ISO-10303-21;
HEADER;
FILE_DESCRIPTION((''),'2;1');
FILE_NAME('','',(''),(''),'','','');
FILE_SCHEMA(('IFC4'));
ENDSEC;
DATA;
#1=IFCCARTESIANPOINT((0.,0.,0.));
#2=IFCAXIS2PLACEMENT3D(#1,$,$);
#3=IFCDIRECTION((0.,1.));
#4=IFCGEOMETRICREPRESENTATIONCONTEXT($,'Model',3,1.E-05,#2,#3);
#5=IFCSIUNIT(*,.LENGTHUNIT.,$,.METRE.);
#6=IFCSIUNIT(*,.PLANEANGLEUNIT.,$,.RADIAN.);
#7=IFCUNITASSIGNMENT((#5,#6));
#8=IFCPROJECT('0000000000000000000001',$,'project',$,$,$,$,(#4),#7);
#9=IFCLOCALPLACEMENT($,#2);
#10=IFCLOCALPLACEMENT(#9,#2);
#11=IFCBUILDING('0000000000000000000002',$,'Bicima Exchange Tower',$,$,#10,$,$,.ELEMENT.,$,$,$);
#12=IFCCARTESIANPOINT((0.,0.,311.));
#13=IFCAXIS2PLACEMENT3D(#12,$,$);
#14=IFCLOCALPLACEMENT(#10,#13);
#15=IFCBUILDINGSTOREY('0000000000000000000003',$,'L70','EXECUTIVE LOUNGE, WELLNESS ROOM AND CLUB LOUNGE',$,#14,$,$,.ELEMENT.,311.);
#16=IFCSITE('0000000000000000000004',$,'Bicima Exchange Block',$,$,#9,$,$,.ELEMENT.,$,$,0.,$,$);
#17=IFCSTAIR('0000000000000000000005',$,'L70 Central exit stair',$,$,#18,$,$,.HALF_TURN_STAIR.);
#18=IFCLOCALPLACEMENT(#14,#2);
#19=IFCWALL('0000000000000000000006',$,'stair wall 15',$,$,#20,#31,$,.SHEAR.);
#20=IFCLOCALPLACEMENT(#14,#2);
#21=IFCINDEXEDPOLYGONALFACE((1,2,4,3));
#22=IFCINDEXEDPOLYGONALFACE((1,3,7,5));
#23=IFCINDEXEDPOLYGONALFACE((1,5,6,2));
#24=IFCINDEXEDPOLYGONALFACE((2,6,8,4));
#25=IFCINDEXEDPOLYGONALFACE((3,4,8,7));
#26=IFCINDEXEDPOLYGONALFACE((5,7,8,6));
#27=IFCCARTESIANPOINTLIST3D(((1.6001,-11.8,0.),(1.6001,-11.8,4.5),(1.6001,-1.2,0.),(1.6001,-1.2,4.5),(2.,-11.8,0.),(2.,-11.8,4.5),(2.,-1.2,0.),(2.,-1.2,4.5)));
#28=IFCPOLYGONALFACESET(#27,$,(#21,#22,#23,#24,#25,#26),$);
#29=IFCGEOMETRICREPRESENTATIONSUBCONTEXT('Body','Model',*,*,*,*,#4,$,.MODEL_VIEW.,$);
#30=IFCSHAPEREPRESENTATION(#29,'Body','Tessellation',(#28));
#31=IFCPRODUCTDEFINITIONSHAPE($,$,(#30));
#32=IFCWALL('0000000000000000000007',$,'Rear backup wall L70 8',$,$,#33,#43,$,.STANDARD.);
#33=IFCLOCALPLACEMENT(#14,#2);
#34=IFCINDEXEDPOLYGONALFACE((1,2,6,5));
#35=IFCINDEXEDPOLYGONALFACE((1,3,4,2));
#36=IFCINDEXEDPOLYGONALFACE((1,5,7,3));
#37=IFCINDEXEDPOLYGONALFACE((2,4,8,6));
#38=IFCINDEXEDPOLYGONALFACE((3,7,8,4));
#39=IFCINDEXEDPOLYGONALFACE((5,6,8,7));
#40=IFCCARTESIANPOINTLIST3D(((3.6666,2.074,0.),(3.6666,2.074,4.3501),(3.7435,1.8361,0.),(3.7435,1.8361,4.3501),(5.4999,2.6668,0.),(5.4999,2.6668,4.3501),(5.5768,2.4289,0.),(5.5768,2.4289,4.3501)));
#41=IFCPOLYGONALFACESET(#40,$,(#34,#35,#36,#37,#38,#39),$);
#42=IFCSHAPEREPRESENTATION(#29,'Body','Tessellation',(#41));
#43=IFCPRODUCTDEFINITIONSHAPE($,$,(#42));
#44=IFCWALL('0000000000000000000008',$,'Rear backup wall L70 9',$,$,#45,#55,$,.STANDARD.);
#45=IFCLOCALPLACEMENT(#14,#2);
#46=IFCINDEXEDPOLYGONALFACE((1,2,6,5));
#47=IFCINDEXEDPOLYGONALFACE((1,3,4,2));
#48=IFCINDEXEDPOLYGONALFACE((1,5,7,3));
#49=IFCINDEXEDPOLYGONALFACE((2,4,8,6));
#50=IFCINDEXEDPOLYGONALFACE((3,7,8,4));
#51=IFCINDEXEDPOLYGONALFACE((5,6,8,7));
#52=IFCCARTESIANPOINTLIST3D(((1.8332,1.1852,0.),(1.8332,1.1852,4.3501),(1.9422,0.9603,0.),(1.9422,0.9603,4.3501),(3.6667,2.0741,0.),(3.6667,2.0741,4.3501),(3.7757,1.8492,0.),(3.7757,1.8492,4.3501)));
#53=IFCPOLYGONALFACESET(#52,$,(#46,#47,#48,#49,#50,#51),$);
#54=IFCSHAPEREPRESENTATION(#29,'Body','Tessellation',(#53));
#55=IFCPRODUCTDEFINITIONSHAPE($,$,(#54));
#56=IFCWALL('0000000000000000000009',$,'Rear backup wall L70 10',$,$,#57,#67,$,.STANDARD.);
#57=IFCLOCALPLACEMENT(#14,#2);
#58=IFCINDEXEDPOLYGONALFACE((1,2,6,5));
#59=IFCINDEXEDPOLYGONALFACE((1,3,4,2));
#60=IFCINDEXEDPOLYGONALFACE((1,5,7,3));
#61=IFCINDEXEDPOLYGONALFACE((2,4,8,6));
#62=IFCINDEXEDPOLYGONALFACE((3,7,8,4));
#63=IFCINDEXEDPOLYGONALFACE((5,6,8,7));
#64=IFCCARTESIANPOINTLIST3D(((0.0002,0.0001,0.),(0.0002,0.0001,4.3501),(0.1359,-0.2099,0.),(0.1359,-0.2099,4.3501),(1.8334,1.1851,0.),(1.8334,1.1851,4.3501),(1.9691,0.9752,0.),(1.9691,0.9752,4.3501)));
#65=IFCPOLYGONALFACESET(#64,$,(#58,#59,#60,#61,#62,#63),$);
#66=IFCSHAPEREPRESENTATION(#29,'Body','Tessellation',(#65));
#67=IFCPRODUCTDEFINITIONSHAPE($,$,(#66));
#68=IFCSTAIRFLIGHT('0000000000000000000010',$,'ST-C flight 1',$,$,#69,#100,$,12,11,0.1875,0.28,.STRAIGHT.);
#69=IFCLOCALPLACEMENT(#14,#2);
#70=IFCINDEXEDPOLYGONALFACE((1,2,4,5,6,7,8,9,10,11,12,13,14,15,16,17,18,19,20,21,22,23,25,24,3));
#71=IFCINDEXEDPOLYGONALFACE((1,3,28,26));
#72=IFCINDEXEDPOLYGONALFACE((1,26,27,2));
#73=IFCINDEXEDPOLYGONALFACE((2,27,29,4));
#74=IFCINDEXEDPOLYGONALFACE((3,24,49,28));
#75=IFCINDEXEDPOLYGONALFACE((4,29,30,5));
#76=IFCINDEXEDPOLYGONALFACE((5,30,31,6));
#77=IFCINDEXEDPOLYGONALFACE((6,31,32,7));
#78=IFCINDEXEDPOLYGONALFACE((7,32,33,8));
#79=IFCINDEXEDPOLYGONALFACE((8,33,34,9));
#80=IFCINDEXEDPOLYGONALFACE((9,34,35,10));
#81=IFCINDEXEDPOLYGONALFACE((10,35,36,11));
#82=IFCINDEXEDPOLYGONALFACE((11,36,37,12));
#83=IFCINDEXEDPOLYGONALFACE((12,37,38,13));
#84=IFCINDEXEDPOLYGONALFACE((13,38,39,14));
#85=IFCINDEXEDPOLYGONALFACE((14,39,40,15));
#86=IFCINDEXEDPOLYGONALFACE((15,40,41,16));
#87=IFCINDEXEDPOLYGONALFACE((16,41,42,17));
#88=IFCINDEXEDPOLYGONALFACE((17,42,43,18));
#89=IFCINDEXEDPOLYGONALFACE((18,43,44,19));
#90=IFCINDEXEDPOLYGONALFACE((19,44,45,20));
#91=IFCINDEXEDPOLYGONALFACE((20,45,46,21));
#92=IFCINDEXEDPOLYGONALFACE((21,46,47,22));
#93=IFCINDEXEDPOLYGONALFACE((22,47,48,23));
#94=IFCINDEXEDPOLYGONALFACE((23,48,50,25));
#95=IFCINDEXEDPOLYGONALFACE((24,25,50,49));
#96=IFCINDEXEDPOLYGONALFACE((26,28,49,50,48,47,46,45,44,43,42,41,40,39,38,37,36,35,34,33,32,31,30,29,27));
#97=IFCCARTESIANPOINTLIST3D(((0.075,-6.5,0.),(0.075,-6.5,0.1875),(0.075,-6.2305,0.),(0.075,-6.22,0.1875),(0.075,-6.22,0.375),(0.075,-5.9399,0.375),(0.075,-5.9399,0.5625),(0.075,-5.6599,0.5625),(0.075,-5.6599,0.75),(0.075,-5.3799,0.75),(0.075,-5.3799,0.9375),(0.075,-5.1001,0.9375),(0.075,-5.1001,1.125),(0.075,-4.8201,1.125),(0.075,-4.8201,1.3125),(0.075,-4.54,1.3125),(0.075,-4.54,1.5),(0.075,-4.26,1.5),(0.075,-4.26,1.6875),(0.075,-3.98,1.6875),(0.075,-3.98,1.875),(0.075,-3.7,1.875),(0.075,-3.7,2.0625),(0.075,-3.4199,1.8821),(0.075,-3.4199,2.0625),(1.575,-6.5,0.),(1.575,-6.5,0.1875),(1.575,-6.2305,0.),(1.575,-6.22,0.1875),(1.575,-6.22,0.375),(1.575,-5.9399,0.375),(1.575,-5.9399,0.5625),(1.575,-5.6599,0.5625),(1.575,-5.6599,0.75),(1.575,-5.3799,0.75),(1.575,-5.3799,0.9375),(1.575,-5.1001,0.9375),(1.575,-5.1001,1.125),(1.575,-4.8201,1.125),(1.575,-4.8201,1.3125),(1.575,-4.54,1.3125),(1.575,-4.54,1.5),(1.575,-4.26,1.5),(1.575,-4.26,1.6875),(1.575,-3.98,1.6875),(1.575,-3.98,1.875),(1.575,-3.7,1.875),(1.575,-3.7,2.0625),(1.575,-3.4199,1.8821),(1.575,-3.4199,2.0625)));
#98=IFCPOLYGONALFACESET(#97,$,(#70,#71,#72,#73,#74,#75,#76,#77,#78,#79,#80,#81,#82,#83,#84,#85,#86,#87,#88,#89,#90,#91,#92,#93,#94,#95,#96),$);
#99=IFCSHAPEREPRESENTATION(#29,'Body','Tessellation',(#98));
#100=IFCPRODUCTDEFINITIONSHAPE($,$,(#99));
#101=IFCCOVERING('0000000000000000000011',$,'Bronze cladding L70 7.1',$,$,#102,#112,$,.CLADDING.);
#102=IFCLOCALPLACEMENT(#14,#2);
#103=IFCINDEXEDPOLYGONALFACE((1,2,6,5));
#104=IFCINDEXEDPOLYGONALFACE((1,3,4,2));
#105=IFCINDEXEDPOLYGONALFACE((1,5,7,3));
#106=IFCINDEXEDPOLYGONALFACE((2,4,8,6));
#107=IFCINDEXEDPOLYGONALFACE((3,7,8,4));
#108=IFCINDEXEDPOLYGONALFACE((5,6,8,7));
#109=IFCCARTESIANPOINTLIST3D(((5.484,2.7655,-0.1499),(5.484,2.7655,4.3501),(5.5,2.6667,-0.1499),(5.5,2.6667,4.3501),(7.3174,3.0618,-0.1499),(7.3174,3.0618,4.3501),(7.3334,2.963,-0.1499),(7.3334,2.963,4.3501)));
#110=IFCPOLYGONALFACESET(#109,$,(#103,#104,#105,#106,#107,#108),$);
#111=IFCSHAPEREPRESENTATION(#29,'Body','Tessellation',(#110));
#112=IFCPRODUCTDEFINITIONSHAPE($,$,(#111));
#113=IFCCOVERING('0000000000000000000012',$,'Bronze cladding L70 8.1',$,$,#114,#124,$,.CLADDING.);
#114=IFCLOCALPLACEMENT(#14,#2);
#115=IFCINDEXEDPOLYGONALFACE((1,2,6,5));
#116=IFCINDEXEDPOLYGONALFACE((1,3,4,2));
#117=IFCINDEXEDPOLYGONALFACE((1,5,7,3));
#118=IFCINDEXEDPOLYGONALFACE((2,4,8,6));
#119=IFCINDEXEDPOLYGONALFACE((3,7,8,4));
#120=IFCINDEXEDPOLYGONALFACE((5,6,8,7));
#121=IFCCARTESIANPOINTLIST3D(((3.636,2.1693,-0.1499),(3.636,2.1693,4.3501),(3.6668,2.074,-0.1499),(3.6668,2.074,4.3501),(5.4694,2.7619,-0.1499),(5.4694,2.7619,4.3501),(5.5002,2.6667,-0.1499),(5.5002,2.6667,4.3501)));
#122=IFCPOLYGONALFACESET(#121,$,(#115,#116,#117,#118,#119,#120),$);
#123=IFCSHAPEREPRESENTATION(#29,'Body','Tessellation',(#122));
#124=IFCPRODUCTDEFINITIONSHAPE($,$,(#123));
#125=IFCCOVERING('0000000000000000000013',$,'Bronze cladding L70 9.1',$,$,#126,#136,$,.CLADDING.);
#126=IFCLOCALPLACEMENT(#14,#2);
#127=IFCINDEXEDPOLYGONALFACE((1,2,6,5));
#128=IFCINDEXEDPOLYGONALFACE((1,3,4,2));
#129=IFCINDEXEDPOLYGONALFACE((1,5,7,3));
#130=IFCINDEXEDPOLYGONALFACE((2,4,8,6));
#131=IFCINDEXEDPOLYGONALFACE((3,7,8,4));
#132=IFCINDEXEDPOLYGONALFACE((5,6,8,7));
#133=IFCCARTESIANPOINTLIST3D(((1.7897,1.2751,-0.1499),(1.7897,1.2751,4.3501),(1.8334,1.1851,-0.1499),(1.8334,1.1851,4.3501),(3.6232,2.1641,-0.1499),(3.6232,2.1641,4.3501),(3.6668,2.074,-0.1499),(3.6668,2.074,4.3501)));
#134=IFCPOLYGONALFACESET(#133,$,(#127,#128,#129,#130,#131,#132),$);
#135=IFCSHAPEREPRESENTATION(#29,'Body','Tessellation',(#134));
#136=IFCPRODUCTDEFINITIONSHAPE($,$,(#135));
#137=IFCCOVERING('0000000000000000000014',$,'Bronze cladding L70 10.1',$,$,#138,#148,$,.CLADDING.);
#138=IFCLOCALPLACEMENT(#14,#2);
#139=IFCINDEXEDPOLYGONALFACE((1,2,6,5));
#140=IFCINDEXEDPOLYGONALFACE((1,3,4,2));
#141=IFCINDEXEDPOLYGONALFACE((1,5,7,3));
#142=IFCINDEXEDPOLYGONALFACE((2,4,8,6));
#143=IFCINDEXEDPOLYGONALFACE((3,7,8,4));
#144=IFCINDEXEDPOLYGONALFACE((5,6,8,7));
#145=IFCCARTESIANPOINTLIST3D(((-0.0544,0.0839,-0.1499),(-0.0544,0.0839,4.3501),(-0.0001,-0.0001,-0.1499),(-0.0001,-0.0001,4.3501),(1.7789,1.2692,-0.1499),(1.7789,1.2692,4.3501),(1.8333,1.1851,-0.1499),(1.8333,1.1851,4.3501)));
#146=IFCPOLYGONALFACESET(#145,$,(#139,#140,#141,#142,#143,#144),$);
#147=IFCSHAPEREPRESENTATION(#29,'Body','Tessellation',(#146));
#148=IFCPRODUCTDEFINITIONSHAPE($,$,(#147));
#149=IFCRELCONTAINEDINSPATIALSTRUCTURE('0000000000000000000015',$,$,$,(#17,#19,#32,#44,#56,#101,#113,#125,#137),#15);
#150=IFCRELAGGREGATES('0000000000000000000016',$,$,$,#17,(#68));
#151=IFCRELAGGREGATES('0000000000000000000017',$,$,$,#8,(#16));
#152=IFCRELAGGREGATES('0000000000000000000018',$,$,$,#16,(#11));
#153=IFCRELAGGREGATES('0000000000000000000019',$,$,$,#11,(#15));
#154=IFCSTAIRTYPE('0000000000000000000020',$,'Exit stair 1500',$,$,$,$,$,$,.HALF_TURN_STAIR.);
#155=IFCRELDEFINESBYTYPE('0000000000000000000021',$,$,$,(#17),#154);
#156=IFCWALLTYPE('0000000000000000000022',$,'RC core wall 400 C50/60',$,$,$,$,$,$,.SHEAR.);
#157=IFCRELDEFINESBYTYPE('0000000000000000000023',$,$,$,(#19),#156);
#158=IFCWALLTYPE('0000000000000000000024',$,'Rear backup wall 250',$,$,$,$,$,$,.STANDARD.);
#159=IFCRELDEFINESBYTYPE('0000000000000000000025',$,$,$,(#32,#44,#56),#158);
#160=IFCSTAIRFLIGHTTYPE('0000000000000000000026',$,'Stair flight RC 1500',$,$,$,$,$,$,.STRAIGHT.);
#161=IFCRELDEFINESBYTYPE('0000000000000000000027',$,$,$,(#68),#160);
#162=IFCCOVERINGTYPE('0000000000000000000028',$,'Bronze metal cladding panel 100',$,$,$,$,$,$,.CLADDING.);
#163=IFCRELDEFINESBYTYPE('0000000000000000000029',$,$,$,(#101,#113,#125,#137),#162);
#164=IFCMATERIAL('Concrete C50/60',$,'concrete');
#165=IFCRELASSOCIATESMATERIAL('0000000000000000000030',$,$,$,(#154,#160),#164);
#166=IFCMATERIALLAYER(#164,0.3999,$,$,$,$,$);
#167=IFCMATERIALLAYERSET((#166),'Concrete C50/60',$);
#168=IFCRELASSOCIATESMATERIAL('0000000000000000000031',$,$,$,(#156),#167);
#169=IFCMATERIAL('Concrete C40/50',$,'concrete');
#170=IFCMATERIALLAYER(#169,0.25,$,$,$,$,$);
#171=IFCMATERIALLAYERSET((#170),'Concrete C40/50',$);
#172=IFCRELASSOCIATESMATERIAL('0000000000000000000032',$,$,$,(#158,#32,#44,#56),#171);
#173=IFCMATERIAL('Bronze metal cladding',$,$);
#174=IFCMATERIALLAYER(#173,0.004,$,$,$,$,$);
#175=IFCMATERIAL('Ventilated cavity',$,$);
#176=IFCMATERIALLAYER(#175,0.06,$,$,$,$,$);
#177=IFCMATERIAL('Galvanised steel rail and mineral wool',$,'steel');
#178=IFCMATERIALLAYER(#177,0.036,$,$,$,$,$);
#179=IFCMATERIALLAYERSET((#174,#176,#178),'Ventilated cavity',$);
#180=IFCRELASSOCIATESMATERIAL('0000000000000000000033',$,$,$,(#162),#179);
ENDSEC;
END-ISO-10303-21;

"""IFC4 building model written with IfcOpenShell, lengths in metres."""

from ifc_helpers import new_model, si_unit, direction, frame, frame_2d, origin, origin_2d, place, context, subcontext, project, spatial, polyline, rectangle, outline, extrude, material, layer, layer_set, layer_usage, type_object, element, aggregate, save


model = new_model("IFC4")

# Units and contexts
model_context = context("Model", 3, precision=1e-05, world=origin(), true_north=direction((0.0, 1.0)))
body_context = subcontext(model_context, "Body", "Model", "MODEL_VIEW")
ifc_project = project(units=[si_unit("LENGTHUNIT", "METRE"), si_unit("PLANEANGLEUNIT", "RADIAN")], contexts=[model_context])

# Site, building, storey
site_placement = place(None, origin())
site = spatial("IfcSite", under=ifc_project, at=site_placement, Name="Bicima Exchange Block", CompositionType="ELEMENT", RefElevation=0.0)
building_placement = place(site_placement, origin())
building = spatial("IfcBuilding", under=site, at=building_placement, Name="Bicima Exchange Tower", CompositionType="ELEMENT")
storey_placement = place(building_placement, frame((0.0, 0.0, 311.0)))
storey = spatial("IfcBuildingStorey", under=building, at=storey_placement, Name="L70", Description="EXECUTIVE LOUNGE, WELLNESS ROOM AND CLUB LOUNGE", CompositionType="ELEMENT", Elevation=311.0)

# Shared definitions
ifc_material_1 = material(Name="Concrete C40/50", Category="concrete")

# Stair
ifc_material_2 = material(Name="Concrete C50/60", Category="concrete")
stair_type_1 = type_object("IfcStairType", Name="Exit stair 1500", PredefinedType="HALF_TURN_STAIR", material=ifc_material_2)
stair_1_placement = place(storey_placement, origin())
stair_1 = element("IfcStair", 1, at=stair_1_placement, inside=storey, type_object=stair_type_1, Name="L70 Central exit stair", PredefinedType="HALF_TURN_STAIR")

# Walls
ifc_layer_1 = layer(ifc_material_2, 0.3999)
ifc_layer_set_1 = layer_set([ifc_layer_1], Name="Concrete C50/60")
wall_type_1 = type_object("IfcWallType", Name="RC core wall 400 C50/60", PredefinedType="SHEAR", material=ifc_layer_set_1)
wall_1_placement = place(storey_placement, frame((1.8, -11.8, 0.0), z_axis=(0.0, 0.0, 1.0), x_axis=(0.0, 1.0, 0.0)))
element("IfcWall", 2, at=wall_1_placement, inside=storey, type_object=wall_type_1, Name="stair wall 15", PredefinedType="SHEAR", context=body_context, shape_type="SweptSolid", body=[
    extrude(rectangle(XDim=10.6001, YDim=0.3999, at=frame_2d((5.3, 0.0))), origin(), (0.0, 0.0, 1.0), 4.5),
])
ifc_layer_2 = layer(ifc_material_1, 0.25)
ifc_layer_set_2 = layer_set([ifc_layer_2], Name="Concrete C40/50")
ifc_layer_usage = layer_usage(ifc_layer_set_2, "AXIS2", "POSITIVE", -0.125)
wall_type_2 = type_object("IfcWallType", Name="Rear backup wall 250", PredefinedType="STANDARD", material=ifc_layer_set_2)
wall_2_placement = place(storey_placement, frame((5.5383, 2.5479, 0.0), z_axis=(0.0, 0.0, 1.0), x_axis=(-0.951496, -0.307662, 0.0)))
element("IfcWall", 3, at=wall_2_placement, inside=storey, type_object=wall_type_2, material=ifc_layer_usage, Name="Rear backup wall L70 8", PredefinedType="STANDARD", context=body_context, shape_type="SweptSolid", body=[
    extrude(rectangle(XDim=1.9268, YDim=0.25, at=frame_2d((0.9634, 0.0))), origin(), (0.0, 0.0, 1.0), 4.3501),
])
wall_3_placement = place(storey_placement, frame((3.7212, 1.9617, 0.0), z_axis=(0.0, 0.0, 1.0), x_axis=(-0.899824, -0.436253, 0.0)))
element("IfcWall", 4, at=wall_3_placement, inside=storey, type_object=wall_type_2, material=ifc_layer_usage, Name="Rear backup wall L70 9", PredefinedType="STANDARD", context=body_context, shape_type="SweptSolid", body=[
    extrude(rectangle(XDim=2.0376, YDim=0.25, at=frame_2d((1.0188, 0.0))), origin(), (0.0, 0.0, 1.0), 4.3501),
])
wall_4_placement = place(storey_placement, frame((1.9011, 1.0801, 0.0), z_axis=(0.0, 0.0, 1.0), x_axis=(-0.839813, -0.542876, 0.0)))
element("IfcWall", 5, at=wall_4_placement, inside=storey, type_object=wall_type_2, material=ifc_layer_usage, Name="Rear backup wall L70 10", PredefinedType="STANDARD", context=body_context, shape_type="SweptSolid", body=[
    extrude(rectangle(XDim=2.1829, YDim=0.25, at=frame_2d((1.0913, 0.0))), origin(), (0.0, 0.0, 1.0), 4.3501),
])

# Stair flight
stair_flight_type = type_object("IfcStairFlightType", Name="Stair flight RC 1500", PredefinedType="STRAIGHT", material=ifc_material_2)
stair_flight_placement = place(storey_placement, frame((0.825, -6.5, 0.0), z_axis=(0.0, 0.0, 1.0), x_axis=(0.0, 1.0, 0.0)))
stair_flight = element("IfcStairFlight", 6, at=stair_flight_placement, type_object=stair_flight_type, Name="ST-C flight 1", NumberOfRisers=12, NumberOfTreads=11, PredefinedType="STRAIGHT", RiserHeight=0.1875, TreadLength=0.28, context=body_context, shape_type="SweptSolid", body=[
    extrude(outline(polyline([(0.0, 0.0), (0.0, 0.1875), (0.28, 0.1875), (0.28, 0.375), (0.5601, 0.375), (0.5601, 0.5625), (0.8401, 0.5625), (0.8401, 0.75), (1.1201, 0.75), (1.1201, 0.9375), (1.3999, 0.9375), (1.3999, 1.125), (1.6799, 1.125), (1.6799, 1.3125), (1.96, 1.3125), (1.96, 1.5), (2.24, 1.5), (2.24, 1.6875), (2.52, 1.6875), (2.52, 1.875), (2.8, 1.875), (2.8, 2.0625), (3.0801, 2.0625), (3.0801, 2.25), (3.0801, 1.8821), (0.2695, 0.0), (0.0, 0.0)])), frame((0.0, 0.75, 0.0), z_axis=(0.0, -1.0, 0.0), x_axis=(1.0, 0.0, 0.0)), (0.0, 0.0, 1.0), 1.5),
])
aggregate(stair_1, [stair_flight])

# Coverings
ifc_material_3 = material(Name="Bronze metal cladding")
ifc_layer_3 = layer(ifc_material_3, 0.004)
ifc_material_4 = material(Name="Ventilated cavity")
ifc_layer_4 = layer(ifc_material_4, 0.06)
ifc_material_5 = material(Name="Galvanised steel rail and mineral wool", Category="steel")
ifc_layer_5 = layer(ifc_material_5, 0.036)
ifc_layer_set_3 = layer_set([ifc_layer_3, ifc_layer_4, ifc_layer_5], Name="Ventilated cavity")
covering_type = type_object("IfcCoveringType", Name="Bronze metal cladding panel 100", PredefinedType="CLADDING", material=ifc_layer_set_3)
covering_1_placement = place(storey_placement, frame((6.4087, 2.8643, -0.1499), z_axis=(0.0, 0.0, 1.0), x_axis=(-0.98719, -0.15955, 0.0)))
element("IfcCovering", 7, at=covering_1_placement, inside=storey, type_object=covering_type, Name="Bronze cladding L70 7.1", PredefinedType="CLADDING", context=body_context, shape_type="SweptSolid", body=[
    extrude(rectangle(XDim=1.8572, YDim=0.1001, at=origin_2d()), origin(), (0.0, 0.0, 1.0), 4.5),
])
covering_2_placement = place(storey_placement, frame((4.5681, 2.418, -0.1499), z_axis=(0.0, 0.0, 1.0), x_axis=(-0.951525, -0.307573, 0.0)))
element("IfcCovering", 8, at=covering_2_placement, inside=storey, type_object=covering_type, Name="Bronze cladding L70 8.1", PredefinedType="CLADDING", context=body_context, shape_type="SweptSolid", body=[
    extrude(rectangle(XDim=1.9268, YDim=0.1001, at=origin_2d()), origin(), (0.0, 0.0, 1.0), 4.5),
])
covering_3_placement = place(storey_placement, frame((2.7283, 1.6746, -0.1499), z_axis=(0.0, 0.0, 1.0), x_axis=(-0.899818, -0.436265, 0.0)))
element("IfcCovering", 9, at=covering_3_placement, inside=storey, type_object=covering_type, Name="Bronze cladding L70 9.1", PredefinedType="CLADDING", context=body_context, shape_type="SweptSolid", body=[
    extrude(rectangle(XDim=2.0376, YDim=0.1001, at=origin_2d()), origin(), (0.0, 0.0, 1.0), 4.5),
])
covering_4_placement = place(storey_placement, frame((0.8894, 0.6345, -0.1499), z_axis=(0.0, 0.0, 1.0), x_axis=(-0.83979, -0.542911, 0.0)))
element("IfcCovering", 10, at=covering_4_placement, inside=storey, type_object=covering_type, Name="Bronze cladding L70 10.1", PredefinedType="CLADDING", context=body_context, shape_type="SweptSolid", body=[
    extrude(rectangle(XDim=2.1831, YDim=0.1001, at=origin_2d()), origin(), (0.0, 0.0, 1.0), 4.5),
])

save(model, "model.ifc")
